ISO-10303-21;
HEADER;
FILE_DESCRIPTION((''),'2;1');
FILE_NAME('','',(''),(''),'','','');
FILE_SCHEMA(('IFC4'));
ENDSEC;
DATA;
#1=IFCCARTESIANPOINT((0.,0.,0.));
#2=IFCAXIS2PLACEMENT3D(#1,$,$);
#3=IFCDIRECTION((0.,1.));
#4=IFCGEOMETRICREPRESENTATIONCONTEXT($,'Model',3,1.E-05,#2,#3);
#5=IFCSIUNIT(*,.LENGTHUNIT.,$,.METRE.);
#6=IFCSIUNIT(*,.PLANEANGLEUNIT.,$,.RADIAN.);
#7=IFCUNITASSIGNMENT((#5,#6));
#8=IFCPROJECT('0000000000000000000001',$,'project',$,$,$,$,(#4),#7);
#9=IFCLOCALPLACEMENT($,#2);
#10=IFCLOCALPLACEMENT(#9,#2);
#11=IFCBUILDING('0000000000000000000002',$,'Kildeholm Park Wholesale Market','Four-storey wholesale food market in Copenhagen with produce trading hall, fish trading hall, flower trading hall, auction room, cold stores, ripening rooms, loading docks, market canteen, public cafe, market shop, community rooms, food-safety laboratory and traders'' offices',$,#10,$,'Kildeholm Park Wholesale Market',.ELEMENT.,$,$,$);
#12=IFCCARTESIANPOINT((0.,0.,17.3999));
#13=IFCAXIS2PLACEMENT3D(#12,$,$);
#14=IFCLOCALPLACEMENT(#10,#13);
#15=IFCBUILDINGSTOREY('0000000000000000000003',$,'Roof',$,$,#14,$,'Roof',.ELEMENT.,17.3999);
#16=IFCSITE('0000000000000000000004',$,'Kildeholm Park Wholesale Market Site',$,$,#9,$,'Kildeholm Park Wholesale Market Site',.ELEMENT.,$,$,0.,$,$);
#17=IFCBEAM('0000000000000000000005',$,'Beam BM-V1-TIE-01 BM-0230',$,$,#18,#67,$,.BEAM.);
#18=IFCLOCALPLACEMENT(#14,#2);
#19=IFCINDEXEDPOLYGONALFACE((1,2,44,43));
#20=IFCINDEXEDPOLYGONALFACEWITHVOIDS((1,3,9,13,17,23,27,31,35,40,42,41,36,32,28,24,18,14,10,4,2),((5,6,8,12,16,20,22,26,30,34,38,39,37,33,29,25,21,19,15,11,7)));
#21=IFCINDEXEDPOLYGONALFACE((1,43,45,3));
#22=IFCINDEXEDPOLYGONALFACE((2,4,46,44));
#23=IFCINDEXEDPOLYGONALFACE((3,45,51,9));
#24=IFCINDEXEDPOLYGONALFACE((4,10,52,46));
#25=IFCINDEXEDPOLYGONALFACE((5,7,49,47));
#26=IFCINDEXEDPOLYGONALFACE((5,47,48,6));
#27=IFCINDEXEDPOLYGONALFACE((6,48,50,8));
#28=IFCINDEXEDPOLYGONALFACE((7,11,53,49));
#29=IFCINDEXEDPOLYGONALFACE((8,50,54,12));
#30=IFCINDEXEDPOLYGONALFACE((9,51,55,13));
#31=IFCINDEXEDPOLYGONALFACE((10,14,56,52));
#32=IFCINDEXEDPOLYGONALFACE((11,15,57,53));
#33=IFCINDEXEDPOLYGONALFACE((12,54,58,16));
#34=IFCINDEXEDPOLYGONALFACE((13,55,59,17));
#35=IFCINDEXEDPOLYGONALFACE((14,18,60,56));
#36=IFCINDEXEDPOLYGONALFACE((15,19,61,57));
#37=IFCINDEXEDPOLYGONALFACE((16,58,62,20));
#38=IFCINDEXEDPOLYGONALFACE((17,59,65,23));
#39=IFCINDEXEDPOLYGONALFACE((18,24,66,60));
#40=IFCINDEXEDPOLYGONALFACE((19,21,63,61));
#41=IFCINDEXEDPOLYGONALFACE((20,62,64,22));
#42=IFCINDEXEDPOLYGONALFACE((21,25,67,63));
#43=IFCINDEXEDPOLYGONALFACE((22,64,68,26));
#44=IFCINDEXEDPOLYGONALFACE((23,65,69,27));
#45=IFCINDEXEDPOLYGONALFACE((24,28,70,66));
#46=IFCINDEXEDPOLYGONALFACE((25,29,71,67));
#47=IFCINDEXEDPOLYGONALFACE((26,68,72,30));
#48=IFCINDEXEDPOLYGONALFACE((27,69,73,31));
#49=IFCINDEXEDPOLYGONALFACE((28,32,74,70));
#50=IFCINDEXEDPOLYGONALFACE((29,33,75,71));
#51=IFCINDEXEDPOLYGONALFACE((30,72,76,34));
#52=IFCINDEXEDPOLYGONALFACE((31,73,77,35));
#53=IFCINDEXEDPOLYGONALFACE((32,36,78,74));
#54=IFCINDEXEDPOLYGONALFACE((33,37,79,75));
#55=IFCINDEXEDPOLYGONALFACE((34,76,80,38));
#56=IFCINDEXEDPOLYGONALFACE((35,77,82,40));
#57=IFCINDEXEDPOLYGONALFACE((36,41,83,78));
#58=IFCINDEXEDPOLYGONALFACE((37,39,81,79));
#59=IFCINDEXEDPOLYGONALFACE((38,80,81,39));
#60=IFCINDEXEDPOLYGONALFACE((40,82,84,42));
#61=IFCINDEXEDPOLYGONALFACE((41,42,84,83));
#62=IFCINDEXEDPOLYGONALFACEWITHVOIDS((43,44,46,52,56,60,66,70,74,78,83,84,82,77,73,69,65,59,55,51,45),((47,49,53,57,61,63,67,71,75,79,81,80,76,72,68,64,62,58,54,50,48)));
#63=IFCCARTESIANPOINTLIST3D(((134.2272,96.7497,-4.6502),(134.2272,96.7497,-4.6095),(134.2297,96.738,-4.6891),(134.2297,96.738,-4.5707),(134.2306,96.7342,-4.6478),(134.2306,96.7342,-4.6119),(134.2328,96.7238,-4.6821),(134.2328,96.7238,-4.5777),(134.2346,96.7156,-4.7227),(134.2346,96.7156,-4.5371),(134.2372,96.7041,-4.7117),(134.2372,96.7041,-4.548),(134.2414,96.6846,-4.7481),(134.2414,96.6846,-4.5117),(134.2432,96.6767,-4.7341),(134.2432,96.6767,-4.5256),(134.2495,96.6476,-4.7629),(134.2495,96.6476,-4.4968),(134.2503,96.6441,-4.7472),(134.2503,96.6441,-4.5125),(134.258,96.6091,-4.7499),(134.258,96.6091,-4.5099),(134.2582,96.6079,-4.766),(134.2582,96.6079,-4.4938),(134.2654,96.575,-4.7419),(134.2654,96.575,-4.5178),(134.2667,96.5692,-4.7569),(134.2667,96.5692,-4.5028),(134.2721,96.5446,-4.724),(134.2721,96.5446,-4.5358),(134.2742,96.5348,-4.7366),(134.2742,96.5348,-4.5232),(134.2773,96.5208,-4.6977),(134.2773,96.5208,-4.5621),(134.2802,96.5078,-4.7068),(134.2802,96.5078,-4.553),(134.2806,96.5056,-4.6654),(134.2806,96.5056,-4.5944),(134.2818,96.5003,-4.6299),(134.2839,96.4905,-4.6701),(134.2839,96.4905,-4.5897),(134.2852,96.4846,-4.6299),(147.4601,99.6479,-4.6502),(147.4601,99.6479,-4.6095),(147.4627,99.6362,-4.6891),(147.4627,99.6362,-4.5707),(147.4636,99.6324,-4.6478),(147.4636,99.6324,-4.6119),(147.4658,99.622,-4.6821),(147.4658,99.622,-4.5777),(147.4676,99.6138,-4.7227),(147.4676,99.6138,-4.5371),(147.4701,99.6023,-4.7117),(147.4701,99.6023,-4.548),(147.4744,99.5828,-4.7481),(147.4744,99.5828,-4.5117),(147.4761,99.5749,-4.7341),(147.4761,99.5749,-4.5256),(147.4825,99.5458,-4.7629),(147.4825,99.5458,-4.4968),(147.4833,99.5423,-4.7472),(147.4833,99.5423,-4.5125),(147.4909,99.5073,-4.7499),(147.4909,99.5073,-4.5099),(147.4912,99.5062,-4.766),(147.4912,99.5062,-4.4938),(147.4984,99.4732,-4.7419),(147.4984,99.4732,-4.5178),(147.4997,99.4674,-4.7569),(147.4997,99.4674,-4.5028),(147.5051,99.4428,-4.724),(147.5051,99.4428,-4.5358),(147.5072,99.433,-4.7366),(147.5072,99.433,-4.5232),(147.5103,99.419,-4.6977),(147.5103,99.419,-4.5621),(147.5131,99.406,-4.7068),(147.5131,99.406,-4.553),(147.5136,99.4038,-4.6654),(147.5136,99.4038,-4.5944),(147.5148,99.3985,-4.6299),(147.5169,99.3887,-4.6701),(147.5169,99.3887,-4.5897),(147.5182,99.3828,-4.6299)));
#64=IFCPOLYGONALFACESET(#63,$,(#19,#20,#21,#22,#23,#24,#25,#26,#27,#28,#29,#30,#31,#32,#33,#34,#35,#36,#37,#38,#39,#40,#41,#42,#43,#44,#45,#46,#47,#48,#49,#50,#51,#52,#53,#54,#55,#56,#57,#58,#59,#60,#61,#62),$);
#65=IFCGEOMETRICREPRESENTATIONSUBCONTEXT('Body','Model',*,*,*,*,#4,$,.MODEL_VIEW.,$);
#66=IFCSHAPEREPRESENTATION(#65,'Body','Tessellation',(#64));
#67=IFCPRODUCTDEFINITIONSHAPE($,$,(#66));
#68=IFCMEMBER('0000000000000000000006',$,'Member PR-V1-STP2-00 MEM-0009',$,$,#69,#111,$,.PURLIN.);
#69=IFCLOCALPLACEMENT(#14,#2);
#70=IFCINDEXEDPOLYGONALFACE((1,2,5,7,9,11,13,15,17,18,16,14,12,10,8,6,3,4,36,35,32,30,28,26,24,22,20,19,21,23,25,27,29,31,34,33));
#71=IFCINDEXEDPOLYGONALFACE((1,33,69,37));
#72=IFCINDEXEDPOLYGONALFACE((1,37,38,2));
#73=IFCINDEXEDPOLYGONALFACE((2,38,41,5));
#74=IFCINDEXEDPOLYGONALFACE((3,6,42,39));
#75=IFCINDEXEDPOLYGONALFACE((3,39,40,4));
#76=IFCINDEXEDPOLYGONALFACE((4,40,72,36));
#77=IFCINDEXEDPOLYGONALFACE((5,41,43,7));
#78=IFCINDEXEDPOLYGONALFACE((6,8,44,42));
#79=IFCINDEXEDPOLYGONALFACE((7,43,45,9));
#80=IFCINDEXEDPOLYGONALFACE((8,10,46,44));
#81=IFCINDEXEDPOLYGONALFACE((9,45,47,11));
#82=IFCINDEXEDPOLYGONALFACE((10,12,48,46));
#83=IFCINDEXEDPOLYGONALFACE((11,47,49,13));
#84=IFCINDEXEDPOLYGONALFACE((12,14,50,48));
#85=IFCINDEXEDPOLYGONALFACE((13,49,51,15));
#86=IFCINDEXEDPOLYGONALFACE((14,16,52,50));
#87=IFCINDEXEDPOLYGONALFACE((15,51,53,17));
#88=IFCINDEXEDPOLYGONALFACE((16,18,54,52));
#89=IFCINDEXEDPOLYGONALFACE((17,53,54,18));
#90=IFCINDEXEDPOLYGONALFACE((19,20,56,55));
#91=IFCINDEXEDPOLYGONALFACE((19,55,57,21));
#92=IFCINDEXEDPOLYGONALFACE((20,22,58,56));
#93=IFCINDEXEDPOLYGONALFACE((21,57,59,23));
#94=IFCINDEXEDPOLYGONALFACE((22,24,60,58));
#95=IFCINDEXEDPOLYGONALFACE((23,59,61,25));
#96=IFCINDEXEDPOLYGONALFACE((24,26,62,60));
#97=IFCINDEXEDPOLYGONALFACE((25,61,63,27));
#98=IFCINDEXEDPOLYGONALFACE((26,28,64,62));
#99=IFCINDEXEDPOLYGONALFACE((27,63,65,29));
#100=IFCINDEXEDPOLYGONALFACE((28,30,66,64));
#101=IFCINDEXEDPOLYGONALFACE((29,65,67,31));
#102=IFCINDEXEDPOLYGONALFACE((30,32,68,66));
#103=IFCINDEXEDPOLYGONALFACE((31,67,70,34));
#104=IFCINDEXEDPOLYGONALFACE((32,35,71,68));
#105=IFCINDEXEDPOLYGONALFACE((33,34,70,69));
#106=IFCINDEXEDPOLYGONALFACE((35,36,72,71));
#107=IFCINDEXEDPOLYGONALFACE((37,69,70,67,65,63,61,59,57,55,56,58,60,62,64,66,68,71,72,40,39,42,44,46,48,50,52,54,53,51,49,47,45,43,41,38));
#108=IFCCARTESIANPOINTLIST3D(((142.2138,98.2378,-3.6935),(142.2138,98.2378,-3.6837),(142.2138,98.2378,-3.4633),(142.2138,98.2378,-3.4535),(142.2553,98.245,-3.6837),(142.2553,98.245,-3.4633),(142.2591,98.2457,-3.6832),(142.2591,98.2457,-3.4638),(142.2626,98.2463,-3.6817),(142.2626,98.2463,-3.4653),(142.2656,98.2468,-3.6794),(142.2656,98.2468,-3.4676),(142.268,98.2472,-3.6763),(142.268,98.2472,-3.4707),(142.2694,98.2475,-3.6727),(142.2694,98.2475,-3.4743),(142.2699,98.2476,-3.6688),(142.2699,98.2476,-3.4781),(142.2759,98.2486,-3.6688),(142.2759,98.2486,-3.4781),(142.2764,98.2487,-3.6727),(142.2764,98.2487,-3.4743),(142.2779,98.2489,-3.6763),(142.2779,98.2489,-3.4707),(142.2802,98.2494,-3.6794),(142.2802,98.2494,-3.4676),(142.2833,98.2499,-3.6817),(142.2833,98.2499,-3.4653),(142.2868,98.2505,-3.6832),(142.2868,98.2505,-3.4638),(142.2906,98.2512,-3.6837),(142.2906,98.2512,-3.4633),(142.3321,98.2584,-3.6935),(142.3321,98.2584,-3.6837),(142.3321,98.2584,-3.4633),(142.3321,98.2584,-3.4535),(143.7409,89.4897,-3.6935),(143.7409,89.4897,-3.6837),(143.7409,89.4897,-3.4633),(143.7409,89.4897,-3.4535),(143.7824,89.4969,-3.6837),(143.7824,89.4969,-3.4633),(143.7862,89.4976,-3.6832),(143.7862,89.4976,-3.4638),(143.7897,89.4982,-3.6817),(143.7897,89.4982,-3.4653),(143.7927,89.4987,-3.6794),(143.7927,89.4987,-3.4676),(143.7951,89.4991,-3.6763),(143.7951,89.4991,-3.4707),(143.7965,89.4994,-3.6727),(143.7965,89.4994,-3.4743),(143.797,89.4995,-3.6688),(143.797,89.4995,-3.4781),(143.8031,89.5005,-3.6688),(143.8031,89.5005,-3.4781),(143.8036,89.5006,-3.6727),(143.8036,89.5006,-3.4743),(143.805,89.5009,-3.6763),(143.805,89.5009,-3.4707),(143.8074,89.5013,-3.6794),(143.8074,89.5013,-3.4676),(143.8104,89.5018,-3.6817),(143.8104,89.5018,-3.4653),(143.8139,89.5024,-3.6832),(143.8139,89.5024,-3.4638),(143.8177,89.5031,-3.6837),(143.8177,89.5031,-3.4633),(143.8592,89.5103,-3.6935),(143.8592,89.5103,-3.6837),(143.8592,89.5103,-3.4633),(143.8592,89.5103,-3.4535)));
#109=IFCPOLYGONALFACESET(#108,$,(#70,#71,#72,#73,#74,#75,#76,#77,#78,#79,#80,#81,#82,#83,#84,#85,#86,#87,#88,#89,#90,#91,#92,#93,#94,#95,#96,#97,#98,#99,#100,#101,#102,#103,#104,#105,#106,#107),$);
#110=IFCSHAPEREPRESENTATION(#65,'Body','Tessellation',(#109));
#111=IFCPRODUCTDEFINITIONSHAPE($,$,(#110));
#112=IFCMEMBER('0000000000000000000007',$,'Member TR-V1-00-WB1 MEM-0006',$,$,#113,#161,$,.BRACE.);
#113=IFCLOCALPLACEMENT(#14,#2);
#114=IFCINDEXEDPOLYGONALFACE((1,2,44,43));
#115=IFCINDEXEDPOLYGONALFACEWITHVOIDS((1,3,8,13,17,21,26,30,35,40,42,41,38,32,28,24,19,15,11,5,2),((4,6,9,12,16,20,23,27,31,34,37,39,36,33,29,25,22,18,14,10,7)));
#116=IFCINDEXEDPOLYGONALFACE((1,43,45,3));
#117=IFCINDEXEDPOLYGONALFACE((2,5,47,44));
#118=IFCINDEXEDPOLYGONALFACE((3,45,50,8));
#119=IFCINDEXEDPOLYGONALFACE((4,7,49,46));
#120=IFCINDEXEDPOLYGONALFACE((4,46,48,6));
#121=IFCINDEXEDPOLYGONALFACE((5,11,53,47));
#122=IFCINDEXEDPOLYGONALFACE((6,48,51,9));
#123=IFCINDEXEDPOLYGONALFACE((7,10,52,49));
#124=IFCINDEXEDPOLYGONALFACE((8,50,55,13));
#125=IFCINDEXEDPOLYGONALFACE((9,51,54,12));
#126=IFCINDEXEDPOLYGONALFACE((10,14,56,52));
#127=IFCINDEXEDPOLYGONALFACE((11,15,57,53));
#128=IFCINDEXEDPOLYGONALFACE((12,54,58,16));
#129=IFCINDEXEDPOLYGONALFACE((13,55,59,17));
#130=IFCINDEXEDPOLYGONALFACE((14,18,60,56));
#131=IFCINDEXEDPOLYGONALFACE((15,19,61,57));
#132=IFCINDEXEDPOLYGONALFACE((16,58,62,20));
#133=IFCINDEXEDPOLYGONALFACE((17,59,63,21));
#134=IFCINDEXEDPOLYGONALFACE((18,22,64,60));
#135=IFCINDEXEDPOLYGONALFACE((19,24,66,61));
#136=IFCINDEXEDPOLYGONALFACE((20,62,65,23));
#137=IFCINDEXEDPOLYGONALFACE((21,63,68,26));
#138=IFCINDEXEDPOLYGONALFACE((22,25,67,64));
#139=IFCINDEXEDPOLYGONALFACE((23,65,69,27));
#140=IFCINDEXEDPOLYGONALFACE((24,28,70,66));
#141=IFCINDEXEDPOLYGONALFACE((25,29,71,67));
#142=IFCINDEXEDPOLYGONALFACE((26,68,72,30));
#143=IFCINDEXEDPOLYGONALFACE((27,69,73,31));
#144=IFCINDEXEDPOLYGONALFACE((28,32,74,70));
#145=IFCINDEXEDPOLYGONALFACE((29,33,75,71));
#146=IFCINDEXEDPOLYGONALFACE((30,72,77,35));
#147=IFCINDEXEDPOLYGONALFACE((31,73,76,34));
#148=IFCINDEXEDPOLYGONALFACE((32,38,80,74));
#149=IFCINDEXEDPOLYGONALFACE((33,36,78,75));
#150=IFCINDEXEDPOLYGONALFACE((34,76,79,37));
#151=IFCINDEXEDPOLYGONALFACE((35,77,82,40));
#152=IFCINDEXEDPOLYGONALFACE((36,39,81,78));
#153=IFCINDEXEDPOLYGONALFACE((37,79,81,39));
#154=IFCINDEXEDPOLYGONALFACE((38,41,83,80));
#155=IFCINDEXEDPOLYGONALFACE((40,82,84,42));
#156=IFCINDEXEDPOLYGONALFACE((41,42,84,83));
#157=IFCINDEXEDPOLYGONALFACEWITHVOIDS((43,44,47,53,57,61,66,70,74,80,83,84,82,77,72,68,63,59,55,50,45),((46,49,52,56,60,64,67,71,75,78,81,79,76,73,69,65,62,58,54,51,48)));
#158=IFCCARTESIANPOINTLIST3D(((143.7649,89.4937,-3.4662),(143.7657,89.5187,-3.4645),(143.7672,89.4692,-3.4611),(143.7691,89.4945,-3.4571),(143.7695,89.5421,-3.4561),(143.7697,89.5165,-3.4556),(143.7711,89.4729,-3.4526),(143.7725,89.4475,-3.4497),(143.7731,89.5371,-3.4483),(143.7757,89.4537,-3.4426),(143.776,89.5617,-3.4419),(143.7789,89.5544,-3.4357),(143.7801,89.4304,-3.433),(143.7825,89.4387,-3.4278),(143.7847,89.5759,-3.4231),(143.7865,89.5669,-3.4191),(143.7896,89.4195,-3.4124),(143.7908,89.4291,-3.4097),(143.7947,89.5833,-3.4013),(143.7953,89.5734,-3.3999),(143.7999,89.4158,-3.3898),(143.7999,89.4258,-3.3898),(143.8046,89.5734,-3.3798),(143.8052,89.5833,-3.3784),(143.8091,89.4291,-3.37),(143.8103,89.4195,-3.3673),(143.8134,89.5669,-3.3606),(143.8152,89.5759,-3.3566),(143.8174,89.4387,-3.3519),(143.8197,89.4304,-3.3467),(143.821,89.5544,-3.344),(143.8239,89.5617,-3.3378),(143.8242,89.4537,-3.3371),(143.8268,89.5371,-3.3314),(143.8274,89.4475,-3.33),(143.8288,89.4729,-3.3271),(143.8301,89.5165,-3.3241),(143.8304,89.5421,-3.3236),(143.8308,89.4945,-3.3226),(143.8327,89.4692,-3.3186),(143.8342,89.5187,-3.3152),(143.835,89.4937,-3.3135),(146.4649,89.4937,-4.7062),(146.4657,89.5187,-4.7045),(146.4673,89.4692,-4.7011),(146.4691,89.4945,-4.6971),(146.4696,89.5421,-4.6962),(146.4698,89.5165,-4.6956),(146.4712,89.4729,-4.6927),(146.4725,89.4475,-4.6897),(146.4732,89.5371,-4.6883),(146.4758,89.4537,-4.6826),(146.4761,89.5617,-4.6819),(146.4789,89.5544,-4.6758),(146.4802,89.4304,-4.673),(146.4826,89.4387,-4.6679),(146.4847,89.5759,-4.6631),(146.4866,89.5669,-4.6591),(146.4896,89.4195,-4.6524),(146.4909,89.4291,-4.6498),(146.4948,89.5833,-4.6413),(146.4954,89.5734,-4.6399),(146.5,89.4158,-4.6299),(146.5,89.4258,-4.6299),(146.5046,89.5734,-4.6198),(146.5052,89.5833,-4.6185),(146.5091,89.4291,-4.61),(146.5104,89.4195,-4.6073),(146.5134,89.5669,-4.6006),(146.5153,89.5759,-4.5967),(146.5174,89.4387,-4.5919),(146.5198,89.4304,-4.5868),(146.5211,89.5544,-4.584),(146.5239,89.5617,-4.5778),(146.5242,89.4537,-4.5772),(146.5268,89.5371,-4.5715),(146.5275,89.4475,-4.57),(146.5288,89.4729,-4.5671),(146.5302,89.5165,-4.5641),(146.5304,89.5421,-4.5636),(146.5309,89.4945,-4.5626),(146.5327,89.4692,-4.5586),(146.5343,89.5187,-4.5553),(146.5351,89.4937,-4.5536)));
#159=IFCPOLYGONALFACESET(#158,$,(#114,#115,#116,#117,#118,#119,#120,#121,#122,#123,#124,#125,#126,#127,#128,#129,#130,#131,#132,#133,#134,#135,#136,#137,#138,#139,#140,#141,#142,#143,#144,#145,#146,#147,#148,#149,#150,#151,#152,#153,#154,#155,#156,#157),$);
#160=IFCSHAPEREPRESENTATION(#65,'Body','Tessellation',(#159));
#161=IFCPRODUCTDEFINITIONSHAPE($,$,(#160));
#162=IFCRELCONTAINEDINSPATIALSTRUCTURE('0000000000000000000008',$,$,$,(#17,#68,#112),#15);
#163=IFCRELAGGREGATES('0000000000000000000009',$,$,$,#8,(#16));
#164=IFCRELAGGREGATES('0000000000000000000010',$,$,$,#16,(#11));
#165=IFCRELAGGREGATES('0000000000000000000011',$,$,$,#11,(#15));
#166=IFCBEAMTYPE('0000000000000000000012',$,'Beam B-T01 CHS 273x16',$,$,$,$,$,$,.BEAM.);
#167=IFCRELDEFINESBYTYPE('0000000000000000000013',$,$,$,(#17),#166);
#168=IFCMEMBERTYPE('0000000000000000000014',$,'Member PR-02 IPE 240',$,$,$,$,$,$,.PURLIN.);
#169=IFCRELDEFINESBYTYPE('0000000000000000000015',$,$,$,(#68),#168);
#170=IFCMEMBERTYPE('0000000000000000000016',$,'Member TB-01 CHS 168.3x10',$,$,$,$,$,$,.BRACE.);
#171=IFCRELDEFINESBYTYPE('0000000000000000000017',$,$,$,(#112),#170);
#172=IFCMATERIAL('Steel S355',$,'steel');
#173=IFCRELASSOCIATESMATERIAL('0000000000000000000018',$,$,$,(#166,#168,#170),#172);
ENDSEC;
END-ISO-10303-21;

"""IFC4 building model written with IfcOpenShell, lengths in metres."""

from ifc_helpers import new_model, si_unit, direction, frame, origin, origin_2d, place, context, subcontext, project, spatial, hollow_circle, i_section, extrude, material, material_profile, profile_set, type_object, element, save


model = new_model("IFC4")

# Units and contexts
model_context = context("Model", 3, precision=1e-05, world=origin(), true_north=direction((0.0, 1.0)))
body_context = subcontext(model_context, "Body", "Model", "MODEL_VIEW")
ifc_project = project(units=[si_unit("LENGTHUNIT", "METRE"), si_unit("PLANEANGLEUNIT", "RADIAN")], contexts=[model_context])

# Site, building, storey
site_placement = place(None, origin())
site = spatial("IfcSite", under=ifc_project, at=site_placement, Name="Kildeholm Park Wholesale Market Site", LongName="Kildeholm Park Wholesale Market Site", CompositionType="ELEMENT", RefElevation=0.0)
building_placement = place(site_placement, origin())
building = spatial("IfcBuilding", under=site, at=building_placement, Name="Kildeholm Park Wholesale Market", Description="Four-storey wholesale food market in Copenhagen with produce trading hall, fish trading hall, flower trading hall, auction room, cold stores, ripening rooms, loading docks, market canteen, public cafe, market shop, community rooms, food-safety laboratory and traders' offices", LongName="Kildeholm Park Wholesale Market", CompositionType="ELEMENT")
storey_placement = place(building_placement, frame((0.0, 0.0, 17.3999)))
storey = spatial("IfcBuildingStorey", under=building, at=storey_placement, Name="Roof", LongName="Roof", CompositionType="ELEMENT", Elevation=17.3999)

# Beam
ifc_material_1 = material(Name="Steel S355", Category="steel")
ifc_material_profile_1 = material_profile(ifc_material_1, hollow_circle(Radius=0.1365, WallThickness=0.0161, at=origin_2d()), Name="CHS 273x16")
ifc_profile_set_1 = profile_set([ifc_material_profile_1], Name="Steel S355")
beam_type_1 = type_object("IfcBeamType", Name="Beam B-T01 CHS 273x16", PredefinedType="BEAM", material=ifc_profile_set_1)
beam_1_placement = place(storey_placement, frame((147.489, 99.5161, -4.6299), z_axis=(-0.976846, -0.213943, 0.0), x_axis=(0.213943, -0.976846, 0.0)))
element("IfcBeam", 1, at=beam_1_placement, inside=storey, type_object=beam_type_1, Name="Beam BM-V1-TIE-01 BM-0230", PredefinedType="BEAM", context=body_context, shape_type="SweptSolid", body=[
    extrude(hollow_circle(Radius=0.1365, WallThickness=0.0161, at=origin_2d()), origin(), (0.0, 0.0, 1.0), 13.5466),
])

# Members
ifc_material_profile_2 = material_profile(ifc_material_1, i_section(OverallWidth=0.1201, OverallDepth=0.24, WebThickness=0.0061, FlangeThickness=0.0098, FilletRadius=0.0149, at=origin_2d()), Name="IPE 240")
ifc_profile_set_2 = profile_set([ifc_material_profile_2], Name="Steel S355")
member_type_1 = type_object("IfcMemberType", Name="Member PR-02 IPE 240", PredefinedType="PURLIN", material=ifc_profile_set_2)
member_1_placement = place(storey_placement, frame((143.8, 89.5, -3.5735), z_axis=(-0.171964, 0.985103, 0.0), x_axis=(-0.985103, -0.171964, 0.0)))
element("IfcMember", 2, at=member_1_placement, inside=storey, type_object=member_type_1, Name="Member PR-V1-STP2-00 MEM-0009", PredefinedType="PURLIN", context=body_context, shape_type="SweptSolid", body=[
    extrude(i_section(OverallWidth=0.1201, OverallDepth=0.24, WebThickness=0.0061, FlangeThickness=0.0098, FilletRadius=0.0149, at=origin_2d()), origin(), (0.0, 0.0, 1.0), 8.8804),
])
ifc_material_profile_3 = material_profile(ifc_material_1, hollow_circle(Radius=0.0842, WallThickness=0.01, at=origin_2d()), Name="CHS 168.3x10")
ifc_profile_set_3 = profile_set([ifc_material_profile_3], Name="Steel S355")
member_type_2 = type_object("IfcMemberType", Name="Member TB-01 CHS 168.3x10", PredefinedType="BRACE", material=ifc_profile_set_3)
member_2_placement = place(storey_placement, frame((146.5, 89.5, -4.6299), z_axis=(-0.908744, 0.0, 0.417353), x_axis=(0.0, -1.0, 0.0)))
element("IfcMember", 3, at=member_2_placement, inside=storey, type_object=member_type_2, Name="Member TR-V1-00-WB1 MEM-0006", PredefinedType="BRACE", context=body_context, shape_type="SweptSolid", body=[
    extrude(hollow_circle(Radius=0.0842, WallThickness=0.01, at=origin_2d()), origin(), (0.0, 0.0, 1.0), 2.9712),
])

save(model, "model.ifc")
